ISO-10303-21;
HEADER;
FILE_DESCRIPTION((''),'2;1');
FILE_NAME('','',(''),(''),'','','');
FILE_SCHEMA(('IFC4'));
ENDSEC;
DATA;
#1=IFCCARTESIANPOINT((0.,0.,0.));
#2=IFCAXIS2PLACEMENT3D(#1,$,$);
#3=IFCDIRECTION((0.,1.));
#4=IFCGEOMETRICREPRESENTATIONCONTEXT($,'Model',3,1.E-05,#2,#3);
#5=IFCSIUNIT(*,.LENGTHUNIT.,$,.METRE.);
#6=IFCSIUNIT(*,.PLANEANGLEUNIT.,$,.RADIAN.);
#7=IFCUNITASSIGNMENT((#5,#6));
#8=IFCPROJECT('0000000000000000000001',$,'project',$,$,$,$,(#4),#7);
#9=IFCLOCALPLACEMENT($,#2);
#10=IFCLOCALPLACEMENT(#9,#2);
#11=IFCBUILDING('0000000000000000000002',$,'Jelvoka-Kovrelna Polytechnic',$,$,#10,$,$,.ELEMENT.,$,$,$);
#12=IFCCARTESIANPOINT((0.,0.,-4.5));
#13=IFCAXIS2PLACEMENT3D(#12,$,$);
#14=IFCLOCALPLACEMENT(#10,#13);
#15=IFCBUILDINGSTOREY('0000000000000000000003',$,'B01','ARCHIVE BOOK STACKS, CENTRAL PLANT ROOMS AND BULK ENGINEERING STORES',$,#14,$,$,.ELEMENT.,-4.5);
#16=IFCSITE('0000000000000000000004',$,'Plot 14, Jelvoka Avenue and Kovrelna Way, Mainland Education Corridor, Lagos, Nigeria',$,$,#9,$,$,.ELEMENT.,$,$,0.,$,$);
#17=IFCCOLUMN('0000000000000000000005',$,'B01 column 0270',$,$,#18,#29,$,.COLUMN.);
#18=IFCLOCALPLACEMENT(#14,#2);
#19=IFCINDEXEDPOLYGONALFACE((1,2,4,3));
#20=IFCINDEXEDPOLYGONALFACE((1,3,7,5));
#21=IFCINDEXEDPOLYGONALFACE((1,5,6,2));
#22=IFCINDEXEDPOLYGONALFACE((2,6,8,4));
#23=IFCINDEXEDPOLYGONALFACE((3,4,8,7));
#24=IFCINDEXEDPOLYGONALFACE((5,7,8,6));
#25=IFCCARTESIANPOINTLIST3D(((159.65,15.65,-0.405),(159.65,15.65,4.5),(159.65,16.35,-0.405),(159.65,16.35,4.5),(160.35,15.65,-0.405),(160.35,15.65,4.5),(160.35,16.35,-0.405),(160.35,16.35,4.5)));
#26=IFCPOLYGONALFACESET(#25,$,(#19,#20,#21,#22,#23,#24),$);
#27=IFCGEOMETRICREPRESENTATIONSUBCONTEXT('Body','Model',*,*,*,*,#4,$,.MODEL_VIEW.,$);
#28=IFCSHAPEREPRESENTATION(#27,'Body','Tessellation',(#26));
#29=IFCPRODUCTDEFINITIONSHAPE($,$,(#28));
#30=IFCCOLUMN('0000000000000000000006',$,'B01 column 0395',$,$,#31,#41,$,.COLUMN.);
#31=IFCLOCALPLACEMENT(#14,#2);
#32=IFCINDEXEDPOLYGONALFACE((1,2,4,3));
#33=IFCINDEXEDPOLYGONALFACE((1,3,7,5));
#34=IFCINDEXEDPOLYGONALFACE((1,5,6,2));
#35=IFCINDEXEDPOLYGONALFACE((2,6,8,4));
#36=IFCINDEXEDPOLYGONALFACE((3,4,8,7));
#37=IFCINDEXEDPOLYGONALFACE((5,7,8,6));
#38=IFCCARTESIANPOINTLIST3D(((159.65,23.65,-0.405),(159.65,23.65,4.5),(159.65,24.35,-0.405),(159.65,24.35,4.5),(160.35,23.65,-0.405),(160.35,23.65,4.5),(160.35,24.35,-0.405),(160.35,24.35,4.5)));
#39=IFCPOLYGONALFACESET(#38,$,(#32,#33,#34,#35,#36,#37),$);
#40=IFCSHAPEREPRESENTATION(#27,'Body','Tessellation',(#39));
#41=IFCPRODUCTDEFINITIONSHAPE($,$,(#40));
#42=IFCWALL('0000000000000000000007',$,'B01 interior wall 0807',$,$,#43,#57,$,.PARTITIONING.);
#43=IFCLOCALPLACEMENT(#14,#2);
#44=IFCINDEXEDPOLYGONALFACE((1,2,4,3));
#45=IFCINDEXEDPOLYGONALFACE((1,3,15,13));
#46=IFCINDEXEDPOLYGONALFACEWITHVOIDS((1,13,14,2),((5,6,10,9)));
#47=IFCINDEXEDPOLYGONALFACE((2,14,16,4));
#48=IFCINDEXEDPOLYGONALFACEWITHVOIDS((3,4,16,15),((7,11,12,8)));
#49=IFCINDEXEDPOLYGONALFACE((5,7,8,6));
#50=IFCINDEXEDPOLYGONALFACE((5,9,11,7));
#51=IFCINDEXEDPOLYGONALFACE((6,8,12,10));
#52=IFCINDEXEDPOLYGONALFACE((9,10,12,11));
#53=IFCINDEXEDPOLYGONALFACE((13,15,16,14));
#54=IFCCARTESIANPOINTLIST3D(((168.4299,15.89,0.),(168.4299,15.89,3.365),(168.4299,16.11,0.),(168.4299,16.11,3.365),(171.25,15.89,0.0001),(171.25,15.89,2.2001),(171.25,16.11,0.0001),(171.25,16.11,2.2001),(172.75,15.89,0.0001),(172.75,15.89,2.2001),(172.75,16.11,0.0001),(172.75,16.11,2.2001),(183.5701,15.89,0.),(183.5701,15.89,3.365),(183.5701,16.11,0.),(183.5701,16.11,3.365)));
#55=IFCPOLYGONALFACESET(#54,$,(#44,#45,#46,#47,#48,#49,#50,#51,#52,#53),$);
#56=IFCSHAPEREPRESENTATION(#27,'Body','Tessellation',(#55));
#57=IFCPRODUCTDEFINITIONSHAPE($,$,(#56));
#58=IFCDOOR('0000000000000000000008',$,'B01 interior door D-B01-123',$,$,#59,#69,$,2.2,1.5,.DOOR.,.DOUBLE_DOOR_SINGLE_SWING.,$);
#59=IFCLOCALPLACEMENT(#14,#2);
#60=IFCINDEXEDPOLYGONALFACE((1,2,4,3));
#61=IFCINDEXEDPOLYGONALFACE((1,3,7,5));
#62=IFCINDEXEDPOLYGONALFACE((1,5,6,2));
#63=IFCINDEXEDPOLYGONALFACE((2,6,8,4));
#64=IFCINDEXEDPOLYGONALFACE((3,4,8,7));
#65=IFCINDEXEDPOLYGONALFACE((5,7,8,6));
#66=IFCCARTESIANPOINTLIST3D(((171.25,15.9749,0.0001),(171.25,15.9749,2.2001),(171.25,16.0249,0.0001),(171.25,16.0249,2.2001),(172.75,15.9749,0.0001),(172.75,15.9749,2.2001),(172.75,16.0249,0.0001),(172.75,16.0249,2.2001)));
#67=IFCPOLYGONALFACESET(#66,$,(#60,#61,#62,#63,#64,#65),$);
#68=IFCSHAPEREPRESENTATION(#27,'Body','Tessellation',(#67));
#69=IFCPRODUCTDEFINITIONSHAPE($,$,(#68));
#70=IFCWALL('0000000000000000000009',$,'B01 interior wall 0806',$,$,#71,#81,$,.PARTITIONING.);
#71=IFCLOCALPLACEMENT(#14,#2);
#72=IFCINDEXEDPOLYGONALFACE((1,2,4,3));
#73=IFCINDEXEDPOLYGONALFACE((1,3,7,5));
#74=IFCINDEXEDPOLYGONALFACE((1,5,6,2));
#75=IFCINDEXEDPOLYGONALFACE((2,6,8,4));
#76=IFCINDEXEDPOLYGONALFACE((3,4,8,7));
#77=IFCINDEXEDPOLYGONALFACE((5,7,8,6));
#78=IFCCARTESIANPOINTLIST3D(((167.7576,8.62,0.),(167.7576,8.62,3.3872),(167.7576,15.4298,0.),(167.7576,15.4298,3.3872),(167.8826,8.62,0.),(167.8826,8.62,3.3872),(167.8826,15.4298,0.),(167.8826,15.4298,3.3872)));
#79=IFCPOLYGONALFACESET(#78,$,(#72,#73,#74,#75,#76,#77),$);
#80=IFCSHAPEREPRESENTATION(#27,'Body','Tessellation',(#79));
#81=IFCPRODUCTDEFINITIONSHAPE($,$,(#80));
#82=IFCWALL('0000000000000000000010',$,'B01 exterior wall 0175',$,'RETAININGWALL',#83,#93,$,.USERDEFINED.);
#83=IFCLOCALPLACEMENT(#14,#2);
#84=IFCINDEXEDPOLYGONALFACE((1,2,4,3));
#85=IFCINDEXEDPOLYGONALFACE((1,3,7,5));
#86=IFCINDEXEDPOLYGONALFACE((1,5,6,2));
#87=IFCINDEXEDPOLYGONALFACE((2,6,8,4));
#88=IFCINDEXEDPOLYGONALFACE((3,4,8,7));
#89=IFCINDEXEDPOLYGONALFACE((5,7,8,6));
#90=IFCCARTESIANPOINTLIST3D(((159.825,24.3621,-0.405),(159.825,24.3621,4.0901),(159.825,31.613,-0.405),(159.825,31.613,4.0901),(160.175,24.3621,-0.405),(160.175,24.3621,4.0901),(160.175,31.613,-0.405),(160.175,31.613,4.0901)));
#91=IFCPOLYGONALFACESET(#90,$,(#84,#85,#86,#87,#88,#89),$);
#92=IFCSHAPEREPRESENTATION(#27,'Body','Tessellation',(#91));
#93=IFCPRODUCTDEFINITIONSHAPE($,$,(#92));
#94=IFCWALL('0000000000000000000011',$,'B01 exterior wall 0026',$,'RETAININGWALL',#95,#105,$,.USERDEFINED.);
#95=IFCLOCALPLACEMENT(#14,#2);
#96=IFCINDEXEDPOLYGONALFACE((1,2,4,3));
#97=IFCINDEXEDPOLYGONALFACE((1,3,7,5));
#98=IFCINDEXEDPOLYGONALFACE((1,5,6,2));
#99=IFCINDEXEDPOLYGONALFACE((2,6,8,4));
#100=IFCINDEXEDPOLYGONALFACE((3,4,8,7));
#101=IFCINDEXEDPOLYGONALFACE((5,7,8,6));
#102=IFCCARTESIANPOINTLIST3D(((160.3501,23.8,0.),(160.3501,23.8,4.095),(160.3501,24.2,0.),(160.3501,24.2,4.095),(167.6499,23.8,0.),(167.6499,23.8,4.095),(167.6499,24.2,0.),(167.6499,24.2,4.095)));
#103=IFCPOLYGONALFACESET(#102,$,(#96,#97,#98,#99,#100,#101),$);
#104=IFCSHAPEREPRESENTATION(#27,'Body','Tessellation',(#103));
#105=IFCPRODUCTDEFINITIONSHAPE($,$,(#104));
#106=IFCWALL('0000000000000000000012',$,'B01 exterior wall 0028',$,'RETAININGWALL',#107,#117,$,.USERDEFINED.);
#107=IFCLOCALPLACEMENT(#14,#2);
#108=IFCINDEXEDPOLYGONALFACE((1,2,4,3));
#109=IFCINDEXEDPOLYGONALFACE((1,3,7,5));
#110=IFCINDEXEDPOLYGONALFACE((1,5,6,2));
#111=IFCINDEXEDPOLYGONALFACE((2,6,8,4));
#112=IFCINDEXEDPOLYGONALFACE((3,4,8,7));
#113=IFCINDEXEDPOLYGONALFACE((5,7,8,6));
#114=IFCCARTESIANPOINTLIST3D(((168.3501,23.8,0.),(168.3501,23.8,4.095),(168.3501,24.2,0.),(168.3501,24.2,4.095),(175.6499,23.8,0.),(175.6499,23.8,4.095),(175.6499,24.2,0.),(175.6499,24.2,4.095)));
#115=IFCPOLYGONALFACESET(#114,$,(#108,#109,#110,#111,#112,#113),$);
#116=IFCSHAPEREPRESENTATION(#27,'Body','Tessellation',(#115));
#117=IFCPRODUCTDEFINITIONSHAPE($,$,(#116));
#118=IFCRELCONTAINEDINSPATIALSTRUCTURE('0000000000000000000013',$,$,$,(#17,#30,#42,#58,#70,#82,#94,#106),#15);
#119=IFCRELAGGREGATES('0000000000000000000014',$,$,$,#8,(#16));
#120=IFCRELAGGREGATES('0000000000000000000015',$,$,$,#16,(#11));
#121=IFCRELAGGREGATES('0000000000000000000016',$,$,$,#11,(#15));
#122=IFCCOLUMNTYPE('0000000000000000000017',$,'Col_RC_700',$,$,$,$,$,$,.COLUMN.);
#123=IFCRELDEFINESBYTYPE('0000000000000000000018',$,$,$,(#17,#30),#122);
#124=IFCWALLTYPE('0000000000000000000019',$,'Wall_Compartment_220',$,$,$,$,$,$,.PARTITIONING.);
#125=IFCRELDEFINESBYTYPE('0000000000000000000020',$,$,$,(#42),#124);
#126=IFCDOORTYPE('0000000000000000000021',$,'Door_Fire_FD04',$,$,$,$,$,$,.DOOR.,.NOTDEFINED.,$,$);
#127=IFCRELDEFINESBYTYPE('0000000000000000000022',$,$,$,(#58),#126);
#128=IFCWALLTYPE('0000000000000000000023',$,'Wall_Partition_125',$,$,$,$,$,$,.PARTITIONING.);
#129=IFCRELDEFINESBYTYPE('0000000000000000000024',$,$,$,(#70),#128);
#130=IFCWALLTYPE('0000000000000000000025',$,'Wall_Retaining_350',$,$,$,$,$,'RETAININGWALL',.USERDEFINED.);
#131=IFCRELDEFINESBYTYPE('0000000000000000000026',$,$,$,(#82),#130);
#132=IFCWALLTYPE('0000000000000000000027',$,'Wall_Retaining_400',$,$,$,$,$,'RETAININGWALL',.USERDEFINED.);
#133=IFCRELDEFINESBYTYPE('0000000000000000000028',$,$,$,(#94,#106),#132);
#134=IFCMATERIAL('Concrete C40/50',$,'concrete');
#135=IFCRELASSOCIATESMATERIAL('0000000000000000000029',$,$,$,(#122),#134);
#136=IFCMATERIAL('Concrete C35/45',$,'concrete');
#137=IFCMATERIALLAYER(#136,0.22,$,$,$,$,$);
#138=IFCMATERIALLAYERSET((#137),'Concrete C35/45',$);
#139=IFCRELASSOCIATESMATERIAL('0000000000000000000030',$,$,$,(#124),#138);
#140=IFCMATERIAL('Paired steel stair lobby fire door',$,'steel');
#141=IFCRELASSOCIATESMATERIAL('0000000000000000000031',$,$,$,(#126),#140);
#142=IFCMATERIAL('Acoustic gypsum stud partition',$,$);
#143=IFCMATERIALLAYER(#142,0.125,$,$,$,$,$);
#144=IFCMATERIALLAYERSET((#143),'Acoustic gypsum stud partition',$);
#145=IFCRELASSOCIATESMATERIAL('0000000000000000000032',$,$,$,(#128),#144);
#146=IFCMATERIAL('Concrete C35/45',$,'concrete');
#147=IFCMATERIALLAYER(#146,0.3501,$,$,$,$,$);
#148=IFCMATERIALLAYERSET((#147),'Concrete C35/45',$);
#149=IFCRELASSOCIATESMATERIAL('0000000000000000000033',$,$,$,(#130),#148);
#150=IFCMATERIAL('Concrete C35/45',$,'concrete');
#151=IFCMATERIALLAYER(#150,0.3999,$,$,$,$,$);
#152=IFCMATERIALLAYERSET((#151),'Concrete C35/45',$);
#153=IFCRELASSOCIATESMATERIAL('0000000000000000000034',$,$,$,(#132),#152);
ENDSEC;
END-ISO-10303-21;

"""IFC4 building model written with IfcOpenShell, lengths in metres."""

from ifc_helpers import new_model, si_unit, direction, frame, frame_2d, origin, origin_2d, place, context, subcontext, project, spatial, rectangle, extrude, material, layer, layer_set, material_profile, profile_set, type_object, element, fill, save


model = new_model("IFC4")

# Units and contexts
model_context = context("Model", 3, precision=1e-05, world=origin(), true_north=direction((0.0, 1.0)))
body_context = subcontext(model_context, "Body", "Model", "MODEL_VIEW")
ifc_project = project(units=[si_unit("LENGTHUNIT", "METRE"), si_unit("PLANEANGLEUNIT", "RADIAN")], contexts=[model_context])

# Site, building, storey
site_placement = place(None, origin())
site = spatial("IfcSite", under=ifc_project, at=site_placement, Name="Plot 14, Jelvoka Avenue and Kovrelna Way, Mainland Education Corridor, Lagos, Nigeria", CompositionType="ELEMENT", RefElevation=0.0)
building_placement = place(site_placement, origin())
building = spatial("IfcBuilding", under=site, at=building_placement, Name="Jelvoka-Kovrelna Polytechnic", CompositionType="ELEMENT")
storey_placement = place(building_placement, frame((0.0, 0.0, -4.5)))
storey = spatial("IfcBuildingStorey", under=building, at=storey_placement, Name="B01", Description="ARCHIVE BOOK STACKS, CENTRAL PLANT ROOMS AND BULK ENGINEERING STORES", CompositionType="ELEMENT", Elevation=-4.5)

# Columns
ifc_material_1 = material(Name="Concrete C40/50", Category="concrete")
ifc_material_profile_1 = material_profile(ifc_material_1, rectangle(XDim=0.7, YDim=0.7, at=origin_2d()), Name="RC 700x700")
ifc_profile_set_1 = profile_set([ifc_material_profile_1], Name="Concrete C40/50")
column_type_1 = type_object("IfcColumnType", Name="Col_RC_700", PredefinedType="COLUMN", material=ifc_profile_set_1)
for number, where, z_axis, x_axis, name in (
    (1, (160.0, 16.0, -0.405), (0.0, 0.0, 1.0), (1.0, 0.0, 0.0), "B01 column 0270"),
    (2, (160.0, 24.0, -0.405), (0.0, 0.0, 1.0), (1.0, 0.0, 0.0), "B01 column 0395"),
):
    element("IfcColumn", number, at=place(storey_placement, frame(where, z_axis=z_axis, x_axis=x_axis)), inside=storey, type_object=column_type_1, Name=name, PredefinedType="COLUMN", context=body_context, shape_type="SweptSolid", body=[
        extrude(rectangle(XDim=0.7, YDim=0.7, at=origin_2d()), origin(), (0.0, 0.0, 1.0), 4.905),
    ])

# Wall, opening, door
ifc_material_2 = material(Name="Concrete C35/45", Category="concrete")
ifc_layer_1 = layer(ifc_material_2, 0.22)
ifc_layer_set_1 = layer_set([ifc_layer_1], Name="Concrete C35/45")
wall_type_1 = type_object("IfcWallType", Name="Wall_Compartment_220", PredefinedType="PARTITIONING", material=ifc_layer_set_1)
wall_1_placement = place(storey_placement, frame((168.4299, 16.0, 0.0), z_axis=(0.0, 0.0, 1.0), x_axis=(1.0, 0.0, 0.0)))
wall_1 = element("IfcWall", 3, at=wall_1_placement, inside=storey, type_object=wall_type_1, Name="B01 interior wall 0807", PredefinedType="PARTITIONING", context=body_context, shape_type="SweptSolid", body=[
    extrude(rectangle(XDim=15.1401, YDim=0.22, at=frame_2d((7.5701, 0.0))), origin(), (0.0, 0.0, 1.0), 3.365),
])
opening_placement = place(wall_1_placement, frame((2.8201, 0.0, 0.0)))
opening = element("IfcOpeningElement", 4, at=opening_placement, cuts=wall_1, PredefinedType="OPENING", context=body_context, shape_type="SweptSolid", body=[
    extrude(rectangle(XDim=1.5, YDim=2.2, at=frame_2d((0.75, 1.1001))), frame((0.0, 0.1199, 0.0), z_axis=(0.0, -1.0, 0.0), x_axis=(1.0, 0.0, 0.0)), (0.0, 0.0, 1.0), 0.24),
])
ifc_material_3 = material(Name="Paired steel stair lobby fire door", Category="steel")
door_type = type_object("IfcDoorType", Name="Door_Fire_FD04", OperationType="NOTDEFINED", PredefinedType="DOOR", material=ifc_material_3)
door_placement = place(opening_placement, origin())
door = element("IfcDoor", 5, at=door_placement, inside=storey, type_object=door_type, Name="B01 interior door D-B01-123", OperationType="DOUBLE_DOOR_SINGLE_SWING", OverallHeight=2.2, OverallWidth=1.5, PredefinedType="DOOR", context=body_context, shape_type="SweptSolid", body=[
    extrude(rectangle(XDim=1.5, YDim=2.2, at=frame_2d((0.75, 1.1001))), frame((0.0, 0.0249, 0.0), z_axis=(0.0, -1.0, 0.0), x_axis=(1.0, 0.0, 0.0)), (0.0, 0.0, 1.0), 0.05),
])
fill(opening, door)

# Walls
ifc_material_4 = material(Name="Acoustic gypsum stud partition")
ifc_layer_2 = layer(ifc_material_4, 0.125)
ifc_layer_set_2 = layer_set([ifc_layer_2], Name="Acoustic gypsum stud partition")
wall_type_2 = type_object("IfcWallType", Name="Wall_Partition_125", PredefinedType="PARTITIONING", material=ifc_layer_set_2)
wall_2_placement = place(storey_placement, frame((167.8201, 8.6201, 0.0), z_axis=(0.0, 0.0, 1.0), x_axis=(0.0, 1.0, 0.0)))
element("IfcWall", 6, at=wall_2_placement, inside=storey, type_object=wall_type_2, Name="B01 interior wall 0806", PredefinedType="PARTITIONING", context=body_context, shape_type="SweptSolid", body=[
    extrude(rectangle(XDim=6.8098, YDim=0.125, at=frame_2d((3.4048, 0.0))), origin(), (0.0, 0.0, 1.0), 3.3872),
])
ifc_material_5 = material(Name="Concrete C35/45", Category="concrete")
ifc_layer_3 = layer(ifc_material_5, 0.3501)
ifc_layer_set_3 = layer_set([ifc_layer_3], Name="Concrete C35/45")
wall_type_3 = type_object("IfcWallType", Name="Wall_Retaining_350", ElementType="RETAININGWALL", PredefinedType="USERDEFINED", material=ifc_layer_set_3)
wall_3_placement = place(storey_placement, frame((160.0, 24.3621, -0.405), z_axis=(0.0, 0.0, 1.0), x_axis=(0.0, 1.0, 0.0)))
element("IfcWall", 7, at=wall_3_placement, inside=storey, type_object=wall_type_3, Name="B01 exterior wall 0175", ObjectType="RETAININGWALL", PredefinedType="USERDEFINED", context=body_context, shape_type="SweptSolid", body=[
    extrude(rectangle(XDim=7.251, YDim=0.3501, at=frame_2d((3.6255, 0.0))), origin(), (0.0, 0.0, 1.0), 4.4951),
])
ifc_material_6 = material(Name="Concrete C35/45", Category="concrete")
ifc_layer_4 = layer(ifc_material_6, 0.3999)
ifc_layer_set_4 = layer_set([ifc_layer_4], Name="Concrete C35/45")
wall_type_4 = type_object("IfcWallType", Name="Wall_Retaining_400", ElementType="RETAININGWALL", PredefinedType="USERDEFINED", material=ifc_layer_set_4)
for number, where, z_axis, x_axis, name in (
    (8, (160.3501, 24.0, 0.0), (0.0, 0.0, 1.0), (1.0, 0.0, 0.0), "B01 exterior wall 0026"),
    (9, (168.3501, 24.0, 0.0), (0.0, 0.0, 1.0), (1.0, 0.0, 0.0), "B01 exterior wall 0028"),
):
    element("IfcWall", number, at=place(storey_placement, frame(where, z_axis=z_axis, x_axis=x_axis)), inside=storey, type_object=wall_type_4, Name=name, ObjectType="RETAININGWALL", PredefinedType="USERDEFINED", context=body_context, shape_type="SweptSolid", body=[
        extrude(rectangle(XDim=7.2998, YDim=0.3999, at=frame_2d((3.6499, 0.0))), origin(), (0.0, 0.0, 1.0), 4.095),
    ])

save(model, "model.ifc")
